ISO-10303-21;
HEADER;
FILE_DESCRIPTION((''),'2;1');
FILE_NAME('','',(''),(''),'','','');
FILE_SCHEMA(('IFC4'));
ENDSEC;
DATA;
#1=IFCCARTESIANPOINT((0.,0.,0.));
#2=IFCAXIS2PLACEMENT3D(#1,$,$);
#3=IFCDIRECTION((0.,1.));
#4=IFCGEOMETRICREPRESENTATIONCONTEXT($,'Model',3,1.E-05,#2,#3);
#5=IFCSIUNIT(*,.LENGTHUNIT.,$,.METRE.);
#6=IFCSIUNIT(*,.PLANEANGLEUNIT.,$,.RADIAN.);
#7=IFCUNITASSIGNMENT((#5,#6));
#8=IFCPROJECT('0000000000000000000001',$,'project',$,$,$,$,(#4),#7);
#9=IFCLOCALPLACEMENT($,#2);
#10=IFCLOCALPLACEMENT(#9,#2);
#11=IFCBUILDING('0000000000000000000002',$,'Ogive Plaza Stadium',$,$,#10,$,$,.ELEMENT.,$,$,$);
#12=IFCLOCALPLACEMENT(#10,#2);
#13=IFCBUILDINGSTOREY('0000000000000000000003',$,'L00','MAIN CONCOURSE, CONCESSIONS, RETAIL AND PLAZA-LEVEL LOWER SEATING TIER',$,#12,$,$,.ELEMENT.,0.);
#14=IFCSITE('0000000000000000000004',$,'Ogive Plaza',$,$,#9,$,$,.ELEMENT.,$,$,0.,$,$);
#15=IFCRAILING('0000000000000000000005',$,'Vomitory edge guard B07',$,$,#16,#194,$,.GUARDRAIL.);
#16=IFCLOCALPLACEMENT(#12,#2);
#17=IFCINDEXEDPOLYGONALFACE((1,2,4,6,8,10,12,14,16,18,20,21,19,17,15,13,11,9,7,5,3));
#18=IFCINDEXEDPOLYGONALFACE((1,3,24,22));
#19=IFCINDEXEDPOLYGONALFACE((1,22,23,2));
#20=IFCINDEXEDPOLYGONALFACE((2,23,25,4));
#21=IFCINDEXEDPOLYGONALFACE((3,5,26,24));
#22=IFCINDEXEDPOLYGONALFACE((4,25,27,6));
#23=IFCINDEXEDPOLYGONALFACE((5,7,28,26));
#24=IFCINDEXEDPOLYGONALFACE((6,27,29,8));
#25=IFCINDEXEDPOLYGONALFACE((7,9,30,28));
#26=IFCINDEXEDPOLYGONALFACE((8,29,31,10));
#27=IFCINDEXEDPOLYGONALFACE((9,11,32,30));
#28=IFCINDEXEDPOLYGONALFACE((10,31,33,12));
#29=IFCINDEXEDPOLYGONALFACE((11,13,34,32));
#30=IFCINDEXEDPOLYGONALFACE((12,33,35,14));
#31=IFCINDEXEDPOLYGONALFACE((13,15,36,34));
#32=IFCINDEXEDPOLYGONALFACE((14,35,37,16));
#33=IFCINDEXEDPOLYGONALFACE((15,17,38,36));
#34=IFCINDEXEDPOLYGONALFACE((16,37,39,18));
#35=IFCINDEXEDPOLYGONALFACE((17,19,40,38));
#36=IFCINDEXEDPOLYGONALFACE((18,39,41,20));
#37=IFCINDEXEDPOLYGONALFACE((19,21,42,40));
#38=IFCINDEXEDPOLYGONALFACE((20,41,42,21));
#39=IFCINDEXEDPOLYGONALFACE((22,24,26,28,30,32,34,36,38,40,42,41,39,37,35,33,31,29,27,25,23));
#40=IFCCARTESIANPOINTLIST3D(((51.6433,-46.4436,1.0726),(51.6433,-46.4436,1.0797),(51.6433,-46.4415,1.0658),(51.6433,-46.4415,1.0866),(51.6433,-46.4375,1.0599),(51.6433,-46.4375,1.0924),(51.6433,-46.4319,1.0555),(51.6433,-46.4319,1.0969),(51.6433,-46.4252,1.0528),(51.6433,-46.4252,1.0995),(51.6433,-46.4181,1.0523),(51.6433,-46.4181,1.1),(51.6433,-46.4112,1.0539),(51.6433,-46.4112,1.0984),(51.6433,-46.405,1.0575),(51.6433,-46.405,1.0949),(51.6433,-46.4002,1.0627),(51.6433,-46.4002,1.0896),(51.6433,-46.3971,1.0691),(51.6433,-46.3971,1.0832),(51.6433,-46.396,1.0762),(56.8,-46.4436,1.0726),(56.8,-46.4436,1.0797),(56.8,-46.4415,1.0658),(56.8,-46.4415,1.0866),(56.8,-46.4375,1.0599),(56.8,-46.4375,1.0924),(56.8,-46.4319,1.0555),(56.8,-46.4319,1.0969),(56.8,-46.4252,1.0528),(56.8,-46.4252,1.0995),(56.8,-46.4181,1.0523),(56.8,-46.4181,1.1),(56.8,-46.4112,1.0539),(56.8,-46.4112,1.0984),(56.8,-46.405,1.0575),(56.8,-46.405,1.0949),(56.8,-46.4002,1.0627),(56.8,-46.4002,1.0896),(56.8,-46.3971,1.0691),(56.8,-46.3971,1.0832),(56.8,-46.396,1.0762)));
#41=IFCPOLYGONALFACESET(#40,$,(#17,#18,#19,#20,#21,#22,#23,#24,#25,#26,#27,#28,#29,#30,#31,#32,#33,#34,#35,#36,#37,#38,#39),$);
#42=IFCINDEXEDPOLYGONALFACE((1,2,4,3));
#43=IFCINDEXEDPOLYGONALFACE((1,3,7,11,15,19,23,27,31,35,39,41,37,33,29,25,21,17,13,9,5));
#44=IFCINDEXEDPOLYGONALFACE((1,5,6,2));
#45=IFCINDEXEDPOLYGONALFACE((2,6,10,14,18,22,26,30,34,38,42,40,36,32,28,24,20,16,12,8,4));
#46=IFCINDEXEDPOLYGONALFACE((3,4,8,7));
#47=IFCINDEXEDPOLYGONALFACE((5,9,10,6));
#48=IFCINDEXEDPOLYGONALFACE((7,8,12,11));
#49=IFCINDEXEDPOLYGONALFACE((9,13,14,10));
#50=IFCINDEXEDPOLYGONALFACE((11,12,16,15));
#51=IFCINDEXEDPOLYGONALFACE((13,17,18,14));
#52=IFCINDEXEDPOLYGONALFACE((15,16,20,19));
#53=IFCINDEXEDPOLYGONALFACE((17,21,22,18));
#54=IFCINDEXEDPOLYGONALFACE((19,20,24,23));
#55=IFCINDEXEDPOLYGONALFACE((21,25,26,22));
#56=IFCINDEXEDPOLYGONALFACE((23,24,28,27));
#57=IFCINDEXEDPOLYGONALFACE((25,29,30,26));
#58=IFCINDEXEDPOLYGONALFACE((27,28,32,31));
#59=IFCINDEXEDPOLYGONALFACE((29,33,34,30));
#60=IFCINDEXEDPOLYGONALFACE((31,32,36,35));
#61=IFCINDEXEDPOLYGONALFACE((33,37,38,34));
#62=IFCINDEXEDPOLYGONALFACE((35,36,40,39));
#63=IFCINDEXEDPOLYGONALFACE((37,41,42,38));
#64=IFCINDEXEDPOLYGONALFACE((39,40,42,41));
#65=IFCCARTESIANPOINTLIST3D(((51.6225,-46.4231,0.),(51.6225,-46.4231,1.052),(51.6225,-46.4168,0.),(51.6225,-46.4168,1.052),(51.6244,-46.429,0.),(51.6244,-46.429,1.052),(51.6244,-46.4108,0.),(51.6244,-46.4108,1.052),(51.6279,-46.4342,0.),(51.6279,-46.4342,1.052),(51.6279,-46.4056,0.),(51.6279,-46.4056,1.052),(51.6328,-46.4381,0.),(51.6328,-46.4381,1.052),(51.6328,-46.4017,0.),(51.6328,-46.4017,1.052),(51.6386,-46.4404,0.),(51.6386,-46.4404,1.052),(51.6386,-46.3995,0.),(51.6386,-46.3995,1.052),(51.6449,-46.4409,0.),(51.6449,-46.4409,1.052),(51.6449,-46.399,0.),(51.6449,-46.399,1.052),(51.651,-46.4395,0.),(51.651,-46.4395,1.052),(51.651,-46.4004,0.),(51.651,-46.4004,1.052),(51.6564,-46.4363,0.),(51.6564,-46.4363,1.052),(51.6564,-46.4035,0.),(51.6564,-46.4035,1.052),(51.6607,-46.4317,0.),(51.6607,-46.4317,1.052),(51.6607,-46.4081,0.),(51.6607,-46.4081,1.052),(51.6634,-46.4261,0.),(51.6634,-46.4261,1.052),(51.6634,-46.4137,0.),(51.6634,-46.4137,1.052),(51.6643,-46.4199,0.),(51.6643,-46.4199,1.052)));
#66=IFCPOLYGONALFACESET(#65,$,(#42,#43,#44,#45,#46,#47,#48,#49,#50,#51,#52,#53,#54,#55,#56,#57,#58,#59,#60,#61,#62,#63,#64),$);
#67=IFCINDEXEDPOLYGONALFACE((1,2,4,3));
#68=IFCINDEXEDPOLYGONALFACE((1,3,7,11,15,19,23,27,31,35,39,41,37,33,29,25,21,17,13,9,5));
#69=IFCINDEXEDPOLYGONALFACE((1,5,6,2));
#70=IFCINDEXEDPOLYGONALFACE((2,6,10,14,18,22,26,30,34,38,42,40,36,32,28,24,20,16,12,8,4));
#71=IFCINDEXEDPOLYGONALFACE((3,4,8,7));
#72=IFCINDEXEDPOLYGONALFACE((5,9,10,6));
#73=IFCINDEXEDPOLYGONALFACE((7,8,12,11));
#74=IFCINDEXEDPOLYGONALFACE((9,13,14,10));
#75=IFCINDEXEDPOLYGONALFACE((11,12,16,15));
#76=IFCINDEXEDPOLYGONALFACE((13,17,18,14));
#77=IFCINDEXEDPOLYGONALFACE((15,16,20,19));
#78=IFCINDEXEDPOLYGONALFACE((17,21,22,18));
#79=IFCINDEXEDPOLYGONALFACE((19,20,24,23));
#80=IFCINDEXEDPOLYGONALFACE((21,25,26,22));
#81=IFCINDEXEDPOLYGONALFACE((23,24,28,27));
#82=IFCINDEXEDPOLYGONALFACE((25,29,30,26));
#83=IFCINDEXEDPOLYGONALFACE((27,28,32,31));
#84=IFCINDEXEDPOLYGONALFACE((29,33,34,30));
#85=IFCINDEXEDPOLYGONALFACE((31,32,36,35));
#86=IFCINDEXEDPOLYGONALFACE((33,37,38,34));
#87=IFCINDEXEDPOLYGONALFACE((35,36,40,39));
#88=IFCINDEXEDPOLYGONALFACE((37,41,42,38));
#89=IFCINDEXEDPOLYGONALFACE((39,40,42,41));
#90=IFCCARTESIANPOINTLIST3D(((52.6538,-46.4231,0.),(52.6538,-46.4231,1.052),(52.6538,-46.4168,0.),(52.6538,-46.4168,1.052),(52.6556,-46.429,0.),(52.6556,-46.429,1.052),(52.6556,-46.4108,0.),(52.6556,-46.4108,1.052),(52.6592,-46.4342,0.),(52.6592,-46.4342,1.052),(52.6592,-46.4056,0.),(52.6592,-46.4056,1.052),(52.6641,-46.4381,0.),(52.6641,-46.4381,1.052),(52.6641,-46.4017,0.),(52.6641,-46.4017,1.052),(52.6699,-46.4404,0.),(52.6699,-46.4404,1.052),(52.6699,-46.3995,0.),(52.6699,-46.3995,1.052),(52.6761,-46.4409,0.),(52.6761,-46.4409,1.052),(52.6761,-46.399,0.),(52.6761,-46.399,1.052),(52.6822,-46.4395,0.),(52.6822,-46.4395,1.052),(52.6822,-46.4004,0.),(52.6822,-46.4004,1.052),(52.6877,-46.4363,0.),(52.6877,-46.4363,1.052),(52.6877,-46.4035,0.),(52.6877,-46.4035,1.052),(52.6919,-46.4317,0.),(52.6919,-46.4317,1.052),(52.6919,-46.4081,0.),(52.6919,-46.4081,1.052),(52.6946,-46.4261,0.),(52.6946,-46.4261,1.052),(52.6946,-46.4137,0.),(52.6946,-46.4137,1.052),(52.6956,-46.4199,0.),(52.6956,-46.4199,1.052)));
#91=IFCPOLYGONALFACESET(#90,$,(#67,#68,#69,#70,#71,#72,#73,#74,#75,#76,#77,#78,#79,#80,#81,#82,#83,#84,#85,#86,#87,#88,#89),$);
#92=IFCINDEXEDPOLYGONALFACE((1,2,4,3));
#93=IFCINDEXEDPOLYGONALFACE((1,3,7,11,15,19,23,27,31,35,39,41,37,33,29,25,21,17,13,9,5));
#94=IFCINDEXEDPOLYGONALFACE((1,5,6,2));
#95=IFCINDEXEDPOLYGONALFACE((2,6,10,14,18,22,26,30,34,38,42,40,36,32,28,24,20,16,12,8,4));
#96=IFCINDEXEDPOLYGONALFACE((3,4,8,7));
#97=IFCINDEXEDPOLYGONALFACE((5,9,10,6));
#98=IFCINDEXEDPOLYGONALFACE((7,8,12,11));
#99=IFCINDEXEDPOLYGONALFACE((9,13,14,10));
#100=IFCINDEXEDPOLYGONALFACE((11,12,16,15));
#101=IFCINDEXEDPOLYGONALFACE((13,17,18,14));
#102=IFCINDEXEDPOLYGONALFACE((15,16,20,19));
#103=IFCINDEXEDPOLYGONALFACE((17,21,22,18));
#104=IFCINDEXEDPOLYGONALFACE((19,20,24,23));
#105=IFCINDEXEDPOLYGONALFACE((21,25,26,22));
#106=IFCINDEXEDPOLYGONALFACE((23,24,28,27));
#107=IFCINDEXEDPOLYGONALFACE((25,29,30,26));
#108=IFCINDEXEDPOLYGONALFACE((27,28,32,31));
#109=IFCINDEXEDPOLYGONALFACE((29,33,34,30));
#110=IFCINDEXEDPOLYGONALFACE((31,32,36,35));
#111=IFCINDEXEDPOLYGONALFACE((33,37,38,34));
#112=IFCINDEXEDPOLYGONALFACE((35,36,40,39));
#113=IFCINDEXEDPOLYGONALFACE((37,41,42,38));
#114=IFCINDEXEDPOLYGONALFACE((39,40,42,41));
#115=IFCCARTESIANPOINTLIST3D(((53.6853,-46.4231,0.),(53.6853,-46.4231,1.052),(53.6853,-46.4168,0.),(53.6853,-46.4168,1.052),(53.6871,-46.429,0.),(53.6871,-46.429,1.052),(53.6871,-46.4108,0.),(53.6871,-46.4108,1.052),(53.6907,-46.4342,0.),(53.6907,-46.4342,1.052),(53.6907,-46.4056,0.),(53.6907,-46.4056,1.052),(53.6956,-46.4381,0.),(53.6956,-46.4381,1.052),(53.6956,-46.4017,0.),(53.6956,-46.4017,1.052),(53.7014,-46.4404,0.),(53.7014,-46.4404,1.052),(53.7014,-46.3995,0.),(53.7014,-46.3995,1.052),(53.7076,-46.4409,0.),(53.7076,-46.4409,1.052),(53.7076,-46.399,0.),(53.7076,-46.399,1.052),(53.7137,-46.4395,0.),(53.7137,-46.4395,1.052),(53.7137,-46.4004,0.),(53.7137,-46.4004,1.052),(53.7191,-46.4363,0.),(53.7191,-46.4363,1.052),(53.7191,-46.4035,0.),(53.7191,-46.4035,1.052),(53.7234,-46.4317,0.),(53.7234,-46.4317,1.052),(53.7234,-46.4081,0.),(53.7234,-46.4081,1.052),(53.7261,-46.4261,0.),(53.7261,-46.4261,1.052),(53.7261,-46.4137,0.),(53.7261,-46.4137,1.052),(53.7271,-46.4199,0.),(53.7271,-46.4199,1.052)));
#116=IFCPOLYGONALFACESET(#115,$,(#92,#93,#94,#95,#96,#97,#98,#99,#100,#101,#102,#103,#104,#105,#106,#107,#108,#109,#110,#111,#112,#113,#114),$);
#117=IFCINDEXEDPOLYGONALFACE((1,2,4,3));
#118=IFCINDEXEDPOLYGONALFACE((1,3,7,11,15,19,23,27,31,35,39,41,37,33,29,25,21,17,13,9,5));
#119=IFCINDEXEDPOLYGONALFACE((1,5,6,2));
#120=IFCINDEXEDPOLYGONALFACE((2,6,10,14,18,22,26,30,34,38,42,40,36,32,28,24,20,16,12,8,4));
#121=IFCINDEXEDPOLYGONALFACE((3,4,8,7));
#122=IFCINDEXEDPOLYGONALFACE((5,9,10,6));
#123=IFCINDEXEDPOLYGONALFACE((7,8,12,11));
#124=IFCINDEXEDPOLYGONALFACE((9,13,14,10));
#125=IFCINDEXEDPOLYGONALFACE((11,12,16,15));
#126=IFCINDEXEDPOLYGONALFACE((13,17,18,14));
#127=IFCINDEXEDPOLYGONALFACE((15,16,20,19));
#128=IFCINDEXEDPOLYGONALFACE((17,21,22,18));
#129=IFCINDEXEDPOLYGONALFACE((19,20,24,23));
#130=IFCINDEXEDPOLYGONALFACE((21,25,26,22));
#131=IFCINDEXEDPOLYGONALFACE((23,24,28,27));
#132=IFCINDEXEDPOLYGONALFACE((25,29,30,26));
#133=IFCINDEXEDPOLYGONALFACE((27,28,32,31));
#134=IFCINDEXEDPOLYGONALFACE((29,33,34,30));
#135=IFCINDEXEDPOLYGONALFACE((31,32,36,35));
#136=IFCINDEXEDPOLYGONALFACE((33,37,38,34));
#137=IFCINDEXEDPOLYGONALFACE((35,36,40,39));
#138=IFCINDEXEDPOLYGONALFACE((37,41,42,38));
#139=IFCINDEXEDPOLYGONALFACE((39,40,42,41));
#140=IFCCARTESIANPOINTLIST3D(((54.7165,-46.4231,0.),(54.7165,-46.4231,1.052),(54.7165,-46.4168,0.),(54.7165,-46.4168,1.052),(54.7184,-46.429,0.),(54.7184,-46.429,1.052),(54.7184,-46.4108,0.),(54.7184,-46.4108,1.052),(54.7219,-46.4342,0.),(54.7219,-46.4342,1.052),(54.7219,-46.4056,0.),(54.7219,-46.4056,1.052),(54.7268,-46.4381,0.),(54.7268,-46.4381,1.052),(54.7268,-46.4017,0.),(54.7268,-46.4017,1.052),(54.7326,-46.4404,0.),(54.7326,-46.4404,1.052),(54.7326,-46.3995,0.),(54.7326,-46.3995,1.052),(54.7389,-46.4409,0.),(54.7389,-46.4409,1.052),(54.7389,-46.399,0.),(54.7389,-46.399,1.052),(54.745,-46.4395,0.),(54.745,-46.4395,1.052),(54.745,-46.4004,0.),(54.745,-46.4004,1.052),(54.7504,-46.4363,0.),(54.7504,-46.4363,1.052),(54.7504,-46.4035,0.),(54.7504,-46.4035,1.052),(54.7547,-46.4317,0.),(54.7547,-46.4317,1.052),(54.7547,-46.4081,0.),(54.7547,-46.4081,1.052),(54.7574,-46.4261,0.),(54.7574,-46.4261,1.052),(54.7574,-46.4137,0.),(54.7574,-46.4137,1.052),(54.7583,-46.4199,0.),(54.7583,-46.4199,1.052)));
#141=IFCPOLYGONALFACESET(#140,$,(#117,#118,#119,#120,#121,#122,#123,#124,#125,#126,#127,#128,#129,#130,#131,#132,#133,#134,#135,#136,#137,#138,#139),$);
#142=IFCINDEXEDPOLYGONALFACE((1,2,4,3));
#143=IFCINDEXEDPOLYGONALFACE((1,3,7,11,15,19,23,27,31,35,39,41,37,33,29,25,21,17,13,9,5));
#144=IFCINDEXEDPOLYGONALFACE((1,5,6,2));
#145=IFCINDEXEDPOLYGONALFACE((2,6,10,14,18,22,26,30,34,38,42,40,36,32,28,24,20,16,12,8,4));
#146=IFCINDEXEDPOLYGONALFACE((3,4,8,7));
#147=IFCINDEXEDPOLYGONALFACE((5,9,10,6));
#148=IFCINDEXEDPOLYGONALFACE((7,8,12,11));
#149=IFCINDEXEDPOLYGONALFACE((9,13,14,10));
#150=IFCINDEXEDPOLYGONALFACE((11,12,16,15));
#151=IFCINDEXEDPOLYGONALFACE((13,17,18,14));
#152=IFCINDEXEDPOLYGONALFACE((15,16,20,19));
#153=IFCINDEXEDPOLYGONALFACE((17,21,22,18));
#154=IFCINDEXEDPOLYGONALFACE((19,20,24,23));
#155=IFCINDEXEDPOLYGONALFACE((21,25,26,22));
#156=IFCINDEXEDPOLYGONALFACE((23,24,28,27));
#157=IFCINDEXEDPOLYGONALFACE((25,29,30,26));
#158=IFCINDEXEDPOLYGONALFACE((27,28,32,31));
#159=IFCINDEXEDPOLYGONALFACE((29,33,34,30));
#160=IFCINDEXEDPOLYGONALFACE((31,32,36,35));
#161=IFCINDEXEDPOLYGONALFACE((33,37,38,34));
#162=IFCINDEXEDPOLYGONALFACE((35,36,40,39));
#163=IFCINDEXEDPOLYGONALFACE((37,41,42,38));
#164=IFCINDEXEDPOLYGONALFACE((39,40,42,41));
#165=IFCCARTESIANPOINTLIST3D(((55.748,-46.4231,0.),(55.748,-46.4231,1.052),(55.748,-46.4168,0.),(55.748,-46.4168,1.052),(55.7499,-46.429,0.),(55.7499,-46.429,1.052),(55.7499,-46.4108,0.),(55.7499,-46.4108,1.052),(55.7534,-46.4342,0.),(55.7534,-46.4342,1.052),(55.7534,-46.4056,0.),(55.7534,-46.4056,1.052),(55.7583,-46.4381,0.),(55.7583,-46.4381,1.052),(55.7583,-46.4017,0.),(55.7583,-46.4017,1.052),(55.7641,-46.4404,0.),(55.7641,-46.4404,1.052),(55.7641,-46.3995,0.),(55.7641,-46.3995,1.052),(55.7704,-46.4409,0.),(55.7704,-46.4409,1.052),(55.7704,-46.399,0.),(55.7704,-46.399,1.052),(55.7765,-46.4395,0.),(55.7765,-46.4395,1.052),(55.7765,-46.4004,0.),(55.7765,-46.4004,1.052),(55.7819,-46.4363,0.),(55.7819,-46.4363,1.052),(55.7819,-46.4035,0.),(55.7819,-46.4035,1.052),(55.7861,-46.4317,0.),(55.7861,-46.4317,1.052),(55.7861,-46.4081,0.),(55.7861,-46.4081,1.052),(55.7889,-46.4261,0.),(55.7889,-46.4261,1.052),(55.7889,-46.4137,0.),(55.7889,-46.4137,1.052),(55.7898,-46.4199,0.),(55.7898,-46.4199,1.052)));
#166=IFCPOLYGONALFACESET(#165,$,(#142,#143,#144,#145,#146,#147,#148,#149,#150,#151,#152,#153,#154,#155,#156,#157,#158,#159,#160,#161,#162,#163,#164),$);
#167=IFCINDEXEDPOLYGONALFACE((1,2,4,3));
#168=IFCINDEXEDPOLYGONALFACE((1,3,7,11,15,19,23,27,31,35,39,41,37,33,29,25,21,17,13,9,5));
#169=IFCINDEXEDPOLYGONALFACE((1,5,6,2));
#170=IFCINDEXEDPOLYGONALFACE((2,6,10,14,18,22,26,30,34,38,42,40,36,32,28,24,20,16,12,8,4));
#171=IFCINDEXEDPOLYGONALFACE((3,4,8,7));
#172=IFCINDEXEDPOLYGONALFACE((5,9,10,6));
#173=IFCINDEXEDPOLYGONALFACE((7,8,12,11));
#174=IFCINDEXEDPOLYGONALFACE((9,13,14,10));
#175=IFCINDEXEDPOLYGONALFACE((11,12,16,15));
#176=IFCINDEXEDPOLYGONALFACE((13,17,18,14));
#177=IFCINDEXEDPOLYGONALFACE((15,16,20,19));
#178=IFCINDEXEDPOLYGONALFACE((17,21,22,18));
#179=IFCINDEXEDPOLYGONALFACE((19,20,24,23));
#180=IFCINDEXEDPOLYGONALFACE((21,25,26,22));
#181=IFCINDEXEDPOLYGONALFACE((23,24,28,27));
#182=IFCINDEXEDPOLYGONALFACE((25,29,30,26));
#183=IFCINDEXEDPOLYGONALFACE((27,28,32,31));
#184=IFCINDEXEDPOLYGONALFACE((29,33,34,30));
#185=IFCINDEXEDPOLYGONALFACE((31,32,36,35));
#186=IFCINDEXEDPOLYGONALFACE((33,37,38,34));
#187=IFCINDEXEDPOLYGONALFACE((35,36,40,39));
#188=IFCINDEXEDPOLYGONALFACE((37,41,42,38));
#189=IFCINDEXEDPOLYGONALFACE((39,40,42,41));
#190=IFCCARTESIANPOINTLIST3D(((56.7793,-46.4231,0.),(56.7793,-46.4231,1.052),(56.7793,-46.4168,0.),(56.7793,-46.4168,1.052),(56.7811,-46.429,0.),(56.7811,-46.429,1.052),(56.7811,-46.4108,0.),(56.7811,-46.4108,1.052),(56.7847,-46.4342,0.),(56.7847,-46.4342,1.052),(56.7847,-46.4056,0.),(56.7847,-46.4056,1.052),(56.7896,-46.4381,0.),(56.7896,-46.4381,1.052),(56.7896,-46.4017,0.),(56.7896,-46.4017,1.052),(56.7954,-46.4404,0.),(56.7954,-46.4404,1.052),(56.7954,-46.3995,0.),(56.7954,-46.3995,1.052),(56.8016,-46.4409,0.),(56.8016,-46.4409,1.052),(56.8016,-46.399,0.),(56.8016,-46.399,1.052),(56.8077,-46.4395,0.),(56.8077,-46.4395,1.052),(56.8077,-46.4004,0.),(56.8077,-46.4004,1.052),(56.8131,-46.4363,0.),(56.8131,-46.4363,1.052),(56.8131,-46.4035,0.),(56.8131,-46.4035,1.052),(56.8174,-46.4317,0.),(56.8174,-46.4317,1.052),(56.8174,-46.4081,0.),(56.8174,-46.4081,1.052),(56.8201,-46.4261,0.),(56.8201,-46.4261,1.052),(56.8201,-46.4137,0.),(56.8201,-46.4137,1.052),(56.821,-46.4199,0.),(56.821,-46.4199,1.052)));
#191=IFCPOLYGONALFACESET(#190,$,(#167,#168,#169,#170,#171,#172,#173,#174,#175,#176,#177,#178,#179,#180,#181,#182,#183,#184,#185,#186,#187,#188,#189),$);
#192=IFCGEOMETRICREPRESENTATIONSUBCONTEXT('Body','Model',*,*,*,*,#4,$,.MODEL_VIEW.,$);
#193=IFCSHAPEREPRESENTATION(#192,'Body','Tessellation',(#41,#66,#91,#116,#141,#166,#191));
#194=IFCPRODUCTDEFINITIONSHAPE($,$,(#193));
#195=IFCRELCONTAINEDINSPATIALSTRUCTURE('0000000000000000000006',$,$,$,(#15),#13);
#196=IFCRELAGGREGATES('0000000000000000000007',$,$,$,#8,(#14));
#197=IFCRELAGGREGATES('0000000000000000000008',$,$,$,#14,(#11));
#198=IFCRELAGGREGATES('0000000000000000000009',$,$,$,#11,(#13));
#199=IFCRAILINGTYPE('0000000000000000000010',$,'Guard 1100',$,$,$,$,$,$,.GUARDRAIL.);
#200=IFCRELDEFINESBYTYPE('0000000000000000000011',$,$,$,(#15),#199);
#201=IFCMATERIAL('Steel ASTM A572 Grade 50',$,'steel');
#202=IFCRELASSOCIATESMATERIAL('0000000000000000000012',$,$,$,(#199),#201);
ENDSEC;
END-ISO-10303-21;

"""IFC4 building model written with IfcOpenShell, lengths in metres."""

from ifc_helpers import new_model, si_unit, direction, frame, origin, origin_2d, place, context, subcontext, project, spatial, circle, extrude, material, type_object, element, save


model = new_model("IFC4")

# Units and contexts
model_context = context("Model", 3, precision=1e-05, world=origin(), true_north=direction((0.0, 1.0)))
body_context = subcontext(model_context, "Body", "Model", "MODEL_VIEW")
ifc_project = project(units=[si_unit("LENGTHUNIT", "METRE"), si_unit("PLANEANGLEUNIT", "RADIAN")], contexts=[model_context])

# Site, building, storey
site_placement = place(None, origin())
site = spatial("IfcSite", under=ifc_project, at=site_placement, Name="Ogive Plaza", CompositionType="ELEMENT", RefElevation=0.0)
building_placement = place(site_placement, origin())
building = spatial("IfcBuilding", under=site, at=building_placement, Name="Ogive Plaza Stadium", CompositionType="ELEMENT")
storey_placement = place(building_placement, origin())
storey = spatial("IfcBuildingStorey", under=building, at=storey_placement, Name="L00", Description="MAIN CONCOURSE, CONCESSIONS, RETAIL AND PLAZA-LEVEL LOWER SEATING TIER", CompositionType="ELEMENT", Elevation=0.0)

# Railing
ifc_material_1 = material(Name="Steel ASTM A572 Grade 50", Category="steel")
railing_type = type_object("IfcRailingType", Name="Guard 1100", PredefinedType="GUARDRAIL", material=ifc_material_1)
for number, where, name in (
    (1, (51.6433, -46.4199, 0.0), "Vomitory edge guard B07"),
):
    element("IfcRailing", number, at=place(storey_placement, frame(where)), inside=storey, type_object=railing_type, Name=name, PredefinedType="GUARDRAIL", context=body_context, shape_type="SweptSolid", body=[
        extrude(circle(Radius=0.0239, at=origin_2d()), frame((0.0, 0.0, 1.0762), z_axis=(1.0, 0.0, 0.0), x_axis=(0.0, 1.0, 0.0)), (0.0, 0.0, 1.0), 5.1567),
        extrude(circle(Radius=0.021, at=origin_2d()), origin(), (0.0, 0.0, 1.0), 1.052),
        extrude(circle(Radius=0.021, at=origin_2d()), frame((1.0312, 0.0, 0.0)), (0.0, 0.0, 1.0), 1.052),
        extrude(circle(Radius=0.021, at=origin_2d()), frame((2.0627, 0.0, 0.0)), (0.0, 0.0, 1.0), 1.052),
        extrude(circle(Radius=0.021, at=origin_2d()), frame((3.094, 0.0, 0.0)), (0.0, 0.0, 1.0), 1.052),
        extrude(circle(Radius=0.021, at=origin_2d()), frame((4.1255, 0.0, 0.0)), (0.0, 0.0, 1.0), 1.052),
        extrude(circle(Radius=0.021, at=origin_2d()), frame((5.1567, 0.0, 0.0)), (0.0, 0.0, 1.0), 1.052),
    ])

save(model, "model.ifc")
